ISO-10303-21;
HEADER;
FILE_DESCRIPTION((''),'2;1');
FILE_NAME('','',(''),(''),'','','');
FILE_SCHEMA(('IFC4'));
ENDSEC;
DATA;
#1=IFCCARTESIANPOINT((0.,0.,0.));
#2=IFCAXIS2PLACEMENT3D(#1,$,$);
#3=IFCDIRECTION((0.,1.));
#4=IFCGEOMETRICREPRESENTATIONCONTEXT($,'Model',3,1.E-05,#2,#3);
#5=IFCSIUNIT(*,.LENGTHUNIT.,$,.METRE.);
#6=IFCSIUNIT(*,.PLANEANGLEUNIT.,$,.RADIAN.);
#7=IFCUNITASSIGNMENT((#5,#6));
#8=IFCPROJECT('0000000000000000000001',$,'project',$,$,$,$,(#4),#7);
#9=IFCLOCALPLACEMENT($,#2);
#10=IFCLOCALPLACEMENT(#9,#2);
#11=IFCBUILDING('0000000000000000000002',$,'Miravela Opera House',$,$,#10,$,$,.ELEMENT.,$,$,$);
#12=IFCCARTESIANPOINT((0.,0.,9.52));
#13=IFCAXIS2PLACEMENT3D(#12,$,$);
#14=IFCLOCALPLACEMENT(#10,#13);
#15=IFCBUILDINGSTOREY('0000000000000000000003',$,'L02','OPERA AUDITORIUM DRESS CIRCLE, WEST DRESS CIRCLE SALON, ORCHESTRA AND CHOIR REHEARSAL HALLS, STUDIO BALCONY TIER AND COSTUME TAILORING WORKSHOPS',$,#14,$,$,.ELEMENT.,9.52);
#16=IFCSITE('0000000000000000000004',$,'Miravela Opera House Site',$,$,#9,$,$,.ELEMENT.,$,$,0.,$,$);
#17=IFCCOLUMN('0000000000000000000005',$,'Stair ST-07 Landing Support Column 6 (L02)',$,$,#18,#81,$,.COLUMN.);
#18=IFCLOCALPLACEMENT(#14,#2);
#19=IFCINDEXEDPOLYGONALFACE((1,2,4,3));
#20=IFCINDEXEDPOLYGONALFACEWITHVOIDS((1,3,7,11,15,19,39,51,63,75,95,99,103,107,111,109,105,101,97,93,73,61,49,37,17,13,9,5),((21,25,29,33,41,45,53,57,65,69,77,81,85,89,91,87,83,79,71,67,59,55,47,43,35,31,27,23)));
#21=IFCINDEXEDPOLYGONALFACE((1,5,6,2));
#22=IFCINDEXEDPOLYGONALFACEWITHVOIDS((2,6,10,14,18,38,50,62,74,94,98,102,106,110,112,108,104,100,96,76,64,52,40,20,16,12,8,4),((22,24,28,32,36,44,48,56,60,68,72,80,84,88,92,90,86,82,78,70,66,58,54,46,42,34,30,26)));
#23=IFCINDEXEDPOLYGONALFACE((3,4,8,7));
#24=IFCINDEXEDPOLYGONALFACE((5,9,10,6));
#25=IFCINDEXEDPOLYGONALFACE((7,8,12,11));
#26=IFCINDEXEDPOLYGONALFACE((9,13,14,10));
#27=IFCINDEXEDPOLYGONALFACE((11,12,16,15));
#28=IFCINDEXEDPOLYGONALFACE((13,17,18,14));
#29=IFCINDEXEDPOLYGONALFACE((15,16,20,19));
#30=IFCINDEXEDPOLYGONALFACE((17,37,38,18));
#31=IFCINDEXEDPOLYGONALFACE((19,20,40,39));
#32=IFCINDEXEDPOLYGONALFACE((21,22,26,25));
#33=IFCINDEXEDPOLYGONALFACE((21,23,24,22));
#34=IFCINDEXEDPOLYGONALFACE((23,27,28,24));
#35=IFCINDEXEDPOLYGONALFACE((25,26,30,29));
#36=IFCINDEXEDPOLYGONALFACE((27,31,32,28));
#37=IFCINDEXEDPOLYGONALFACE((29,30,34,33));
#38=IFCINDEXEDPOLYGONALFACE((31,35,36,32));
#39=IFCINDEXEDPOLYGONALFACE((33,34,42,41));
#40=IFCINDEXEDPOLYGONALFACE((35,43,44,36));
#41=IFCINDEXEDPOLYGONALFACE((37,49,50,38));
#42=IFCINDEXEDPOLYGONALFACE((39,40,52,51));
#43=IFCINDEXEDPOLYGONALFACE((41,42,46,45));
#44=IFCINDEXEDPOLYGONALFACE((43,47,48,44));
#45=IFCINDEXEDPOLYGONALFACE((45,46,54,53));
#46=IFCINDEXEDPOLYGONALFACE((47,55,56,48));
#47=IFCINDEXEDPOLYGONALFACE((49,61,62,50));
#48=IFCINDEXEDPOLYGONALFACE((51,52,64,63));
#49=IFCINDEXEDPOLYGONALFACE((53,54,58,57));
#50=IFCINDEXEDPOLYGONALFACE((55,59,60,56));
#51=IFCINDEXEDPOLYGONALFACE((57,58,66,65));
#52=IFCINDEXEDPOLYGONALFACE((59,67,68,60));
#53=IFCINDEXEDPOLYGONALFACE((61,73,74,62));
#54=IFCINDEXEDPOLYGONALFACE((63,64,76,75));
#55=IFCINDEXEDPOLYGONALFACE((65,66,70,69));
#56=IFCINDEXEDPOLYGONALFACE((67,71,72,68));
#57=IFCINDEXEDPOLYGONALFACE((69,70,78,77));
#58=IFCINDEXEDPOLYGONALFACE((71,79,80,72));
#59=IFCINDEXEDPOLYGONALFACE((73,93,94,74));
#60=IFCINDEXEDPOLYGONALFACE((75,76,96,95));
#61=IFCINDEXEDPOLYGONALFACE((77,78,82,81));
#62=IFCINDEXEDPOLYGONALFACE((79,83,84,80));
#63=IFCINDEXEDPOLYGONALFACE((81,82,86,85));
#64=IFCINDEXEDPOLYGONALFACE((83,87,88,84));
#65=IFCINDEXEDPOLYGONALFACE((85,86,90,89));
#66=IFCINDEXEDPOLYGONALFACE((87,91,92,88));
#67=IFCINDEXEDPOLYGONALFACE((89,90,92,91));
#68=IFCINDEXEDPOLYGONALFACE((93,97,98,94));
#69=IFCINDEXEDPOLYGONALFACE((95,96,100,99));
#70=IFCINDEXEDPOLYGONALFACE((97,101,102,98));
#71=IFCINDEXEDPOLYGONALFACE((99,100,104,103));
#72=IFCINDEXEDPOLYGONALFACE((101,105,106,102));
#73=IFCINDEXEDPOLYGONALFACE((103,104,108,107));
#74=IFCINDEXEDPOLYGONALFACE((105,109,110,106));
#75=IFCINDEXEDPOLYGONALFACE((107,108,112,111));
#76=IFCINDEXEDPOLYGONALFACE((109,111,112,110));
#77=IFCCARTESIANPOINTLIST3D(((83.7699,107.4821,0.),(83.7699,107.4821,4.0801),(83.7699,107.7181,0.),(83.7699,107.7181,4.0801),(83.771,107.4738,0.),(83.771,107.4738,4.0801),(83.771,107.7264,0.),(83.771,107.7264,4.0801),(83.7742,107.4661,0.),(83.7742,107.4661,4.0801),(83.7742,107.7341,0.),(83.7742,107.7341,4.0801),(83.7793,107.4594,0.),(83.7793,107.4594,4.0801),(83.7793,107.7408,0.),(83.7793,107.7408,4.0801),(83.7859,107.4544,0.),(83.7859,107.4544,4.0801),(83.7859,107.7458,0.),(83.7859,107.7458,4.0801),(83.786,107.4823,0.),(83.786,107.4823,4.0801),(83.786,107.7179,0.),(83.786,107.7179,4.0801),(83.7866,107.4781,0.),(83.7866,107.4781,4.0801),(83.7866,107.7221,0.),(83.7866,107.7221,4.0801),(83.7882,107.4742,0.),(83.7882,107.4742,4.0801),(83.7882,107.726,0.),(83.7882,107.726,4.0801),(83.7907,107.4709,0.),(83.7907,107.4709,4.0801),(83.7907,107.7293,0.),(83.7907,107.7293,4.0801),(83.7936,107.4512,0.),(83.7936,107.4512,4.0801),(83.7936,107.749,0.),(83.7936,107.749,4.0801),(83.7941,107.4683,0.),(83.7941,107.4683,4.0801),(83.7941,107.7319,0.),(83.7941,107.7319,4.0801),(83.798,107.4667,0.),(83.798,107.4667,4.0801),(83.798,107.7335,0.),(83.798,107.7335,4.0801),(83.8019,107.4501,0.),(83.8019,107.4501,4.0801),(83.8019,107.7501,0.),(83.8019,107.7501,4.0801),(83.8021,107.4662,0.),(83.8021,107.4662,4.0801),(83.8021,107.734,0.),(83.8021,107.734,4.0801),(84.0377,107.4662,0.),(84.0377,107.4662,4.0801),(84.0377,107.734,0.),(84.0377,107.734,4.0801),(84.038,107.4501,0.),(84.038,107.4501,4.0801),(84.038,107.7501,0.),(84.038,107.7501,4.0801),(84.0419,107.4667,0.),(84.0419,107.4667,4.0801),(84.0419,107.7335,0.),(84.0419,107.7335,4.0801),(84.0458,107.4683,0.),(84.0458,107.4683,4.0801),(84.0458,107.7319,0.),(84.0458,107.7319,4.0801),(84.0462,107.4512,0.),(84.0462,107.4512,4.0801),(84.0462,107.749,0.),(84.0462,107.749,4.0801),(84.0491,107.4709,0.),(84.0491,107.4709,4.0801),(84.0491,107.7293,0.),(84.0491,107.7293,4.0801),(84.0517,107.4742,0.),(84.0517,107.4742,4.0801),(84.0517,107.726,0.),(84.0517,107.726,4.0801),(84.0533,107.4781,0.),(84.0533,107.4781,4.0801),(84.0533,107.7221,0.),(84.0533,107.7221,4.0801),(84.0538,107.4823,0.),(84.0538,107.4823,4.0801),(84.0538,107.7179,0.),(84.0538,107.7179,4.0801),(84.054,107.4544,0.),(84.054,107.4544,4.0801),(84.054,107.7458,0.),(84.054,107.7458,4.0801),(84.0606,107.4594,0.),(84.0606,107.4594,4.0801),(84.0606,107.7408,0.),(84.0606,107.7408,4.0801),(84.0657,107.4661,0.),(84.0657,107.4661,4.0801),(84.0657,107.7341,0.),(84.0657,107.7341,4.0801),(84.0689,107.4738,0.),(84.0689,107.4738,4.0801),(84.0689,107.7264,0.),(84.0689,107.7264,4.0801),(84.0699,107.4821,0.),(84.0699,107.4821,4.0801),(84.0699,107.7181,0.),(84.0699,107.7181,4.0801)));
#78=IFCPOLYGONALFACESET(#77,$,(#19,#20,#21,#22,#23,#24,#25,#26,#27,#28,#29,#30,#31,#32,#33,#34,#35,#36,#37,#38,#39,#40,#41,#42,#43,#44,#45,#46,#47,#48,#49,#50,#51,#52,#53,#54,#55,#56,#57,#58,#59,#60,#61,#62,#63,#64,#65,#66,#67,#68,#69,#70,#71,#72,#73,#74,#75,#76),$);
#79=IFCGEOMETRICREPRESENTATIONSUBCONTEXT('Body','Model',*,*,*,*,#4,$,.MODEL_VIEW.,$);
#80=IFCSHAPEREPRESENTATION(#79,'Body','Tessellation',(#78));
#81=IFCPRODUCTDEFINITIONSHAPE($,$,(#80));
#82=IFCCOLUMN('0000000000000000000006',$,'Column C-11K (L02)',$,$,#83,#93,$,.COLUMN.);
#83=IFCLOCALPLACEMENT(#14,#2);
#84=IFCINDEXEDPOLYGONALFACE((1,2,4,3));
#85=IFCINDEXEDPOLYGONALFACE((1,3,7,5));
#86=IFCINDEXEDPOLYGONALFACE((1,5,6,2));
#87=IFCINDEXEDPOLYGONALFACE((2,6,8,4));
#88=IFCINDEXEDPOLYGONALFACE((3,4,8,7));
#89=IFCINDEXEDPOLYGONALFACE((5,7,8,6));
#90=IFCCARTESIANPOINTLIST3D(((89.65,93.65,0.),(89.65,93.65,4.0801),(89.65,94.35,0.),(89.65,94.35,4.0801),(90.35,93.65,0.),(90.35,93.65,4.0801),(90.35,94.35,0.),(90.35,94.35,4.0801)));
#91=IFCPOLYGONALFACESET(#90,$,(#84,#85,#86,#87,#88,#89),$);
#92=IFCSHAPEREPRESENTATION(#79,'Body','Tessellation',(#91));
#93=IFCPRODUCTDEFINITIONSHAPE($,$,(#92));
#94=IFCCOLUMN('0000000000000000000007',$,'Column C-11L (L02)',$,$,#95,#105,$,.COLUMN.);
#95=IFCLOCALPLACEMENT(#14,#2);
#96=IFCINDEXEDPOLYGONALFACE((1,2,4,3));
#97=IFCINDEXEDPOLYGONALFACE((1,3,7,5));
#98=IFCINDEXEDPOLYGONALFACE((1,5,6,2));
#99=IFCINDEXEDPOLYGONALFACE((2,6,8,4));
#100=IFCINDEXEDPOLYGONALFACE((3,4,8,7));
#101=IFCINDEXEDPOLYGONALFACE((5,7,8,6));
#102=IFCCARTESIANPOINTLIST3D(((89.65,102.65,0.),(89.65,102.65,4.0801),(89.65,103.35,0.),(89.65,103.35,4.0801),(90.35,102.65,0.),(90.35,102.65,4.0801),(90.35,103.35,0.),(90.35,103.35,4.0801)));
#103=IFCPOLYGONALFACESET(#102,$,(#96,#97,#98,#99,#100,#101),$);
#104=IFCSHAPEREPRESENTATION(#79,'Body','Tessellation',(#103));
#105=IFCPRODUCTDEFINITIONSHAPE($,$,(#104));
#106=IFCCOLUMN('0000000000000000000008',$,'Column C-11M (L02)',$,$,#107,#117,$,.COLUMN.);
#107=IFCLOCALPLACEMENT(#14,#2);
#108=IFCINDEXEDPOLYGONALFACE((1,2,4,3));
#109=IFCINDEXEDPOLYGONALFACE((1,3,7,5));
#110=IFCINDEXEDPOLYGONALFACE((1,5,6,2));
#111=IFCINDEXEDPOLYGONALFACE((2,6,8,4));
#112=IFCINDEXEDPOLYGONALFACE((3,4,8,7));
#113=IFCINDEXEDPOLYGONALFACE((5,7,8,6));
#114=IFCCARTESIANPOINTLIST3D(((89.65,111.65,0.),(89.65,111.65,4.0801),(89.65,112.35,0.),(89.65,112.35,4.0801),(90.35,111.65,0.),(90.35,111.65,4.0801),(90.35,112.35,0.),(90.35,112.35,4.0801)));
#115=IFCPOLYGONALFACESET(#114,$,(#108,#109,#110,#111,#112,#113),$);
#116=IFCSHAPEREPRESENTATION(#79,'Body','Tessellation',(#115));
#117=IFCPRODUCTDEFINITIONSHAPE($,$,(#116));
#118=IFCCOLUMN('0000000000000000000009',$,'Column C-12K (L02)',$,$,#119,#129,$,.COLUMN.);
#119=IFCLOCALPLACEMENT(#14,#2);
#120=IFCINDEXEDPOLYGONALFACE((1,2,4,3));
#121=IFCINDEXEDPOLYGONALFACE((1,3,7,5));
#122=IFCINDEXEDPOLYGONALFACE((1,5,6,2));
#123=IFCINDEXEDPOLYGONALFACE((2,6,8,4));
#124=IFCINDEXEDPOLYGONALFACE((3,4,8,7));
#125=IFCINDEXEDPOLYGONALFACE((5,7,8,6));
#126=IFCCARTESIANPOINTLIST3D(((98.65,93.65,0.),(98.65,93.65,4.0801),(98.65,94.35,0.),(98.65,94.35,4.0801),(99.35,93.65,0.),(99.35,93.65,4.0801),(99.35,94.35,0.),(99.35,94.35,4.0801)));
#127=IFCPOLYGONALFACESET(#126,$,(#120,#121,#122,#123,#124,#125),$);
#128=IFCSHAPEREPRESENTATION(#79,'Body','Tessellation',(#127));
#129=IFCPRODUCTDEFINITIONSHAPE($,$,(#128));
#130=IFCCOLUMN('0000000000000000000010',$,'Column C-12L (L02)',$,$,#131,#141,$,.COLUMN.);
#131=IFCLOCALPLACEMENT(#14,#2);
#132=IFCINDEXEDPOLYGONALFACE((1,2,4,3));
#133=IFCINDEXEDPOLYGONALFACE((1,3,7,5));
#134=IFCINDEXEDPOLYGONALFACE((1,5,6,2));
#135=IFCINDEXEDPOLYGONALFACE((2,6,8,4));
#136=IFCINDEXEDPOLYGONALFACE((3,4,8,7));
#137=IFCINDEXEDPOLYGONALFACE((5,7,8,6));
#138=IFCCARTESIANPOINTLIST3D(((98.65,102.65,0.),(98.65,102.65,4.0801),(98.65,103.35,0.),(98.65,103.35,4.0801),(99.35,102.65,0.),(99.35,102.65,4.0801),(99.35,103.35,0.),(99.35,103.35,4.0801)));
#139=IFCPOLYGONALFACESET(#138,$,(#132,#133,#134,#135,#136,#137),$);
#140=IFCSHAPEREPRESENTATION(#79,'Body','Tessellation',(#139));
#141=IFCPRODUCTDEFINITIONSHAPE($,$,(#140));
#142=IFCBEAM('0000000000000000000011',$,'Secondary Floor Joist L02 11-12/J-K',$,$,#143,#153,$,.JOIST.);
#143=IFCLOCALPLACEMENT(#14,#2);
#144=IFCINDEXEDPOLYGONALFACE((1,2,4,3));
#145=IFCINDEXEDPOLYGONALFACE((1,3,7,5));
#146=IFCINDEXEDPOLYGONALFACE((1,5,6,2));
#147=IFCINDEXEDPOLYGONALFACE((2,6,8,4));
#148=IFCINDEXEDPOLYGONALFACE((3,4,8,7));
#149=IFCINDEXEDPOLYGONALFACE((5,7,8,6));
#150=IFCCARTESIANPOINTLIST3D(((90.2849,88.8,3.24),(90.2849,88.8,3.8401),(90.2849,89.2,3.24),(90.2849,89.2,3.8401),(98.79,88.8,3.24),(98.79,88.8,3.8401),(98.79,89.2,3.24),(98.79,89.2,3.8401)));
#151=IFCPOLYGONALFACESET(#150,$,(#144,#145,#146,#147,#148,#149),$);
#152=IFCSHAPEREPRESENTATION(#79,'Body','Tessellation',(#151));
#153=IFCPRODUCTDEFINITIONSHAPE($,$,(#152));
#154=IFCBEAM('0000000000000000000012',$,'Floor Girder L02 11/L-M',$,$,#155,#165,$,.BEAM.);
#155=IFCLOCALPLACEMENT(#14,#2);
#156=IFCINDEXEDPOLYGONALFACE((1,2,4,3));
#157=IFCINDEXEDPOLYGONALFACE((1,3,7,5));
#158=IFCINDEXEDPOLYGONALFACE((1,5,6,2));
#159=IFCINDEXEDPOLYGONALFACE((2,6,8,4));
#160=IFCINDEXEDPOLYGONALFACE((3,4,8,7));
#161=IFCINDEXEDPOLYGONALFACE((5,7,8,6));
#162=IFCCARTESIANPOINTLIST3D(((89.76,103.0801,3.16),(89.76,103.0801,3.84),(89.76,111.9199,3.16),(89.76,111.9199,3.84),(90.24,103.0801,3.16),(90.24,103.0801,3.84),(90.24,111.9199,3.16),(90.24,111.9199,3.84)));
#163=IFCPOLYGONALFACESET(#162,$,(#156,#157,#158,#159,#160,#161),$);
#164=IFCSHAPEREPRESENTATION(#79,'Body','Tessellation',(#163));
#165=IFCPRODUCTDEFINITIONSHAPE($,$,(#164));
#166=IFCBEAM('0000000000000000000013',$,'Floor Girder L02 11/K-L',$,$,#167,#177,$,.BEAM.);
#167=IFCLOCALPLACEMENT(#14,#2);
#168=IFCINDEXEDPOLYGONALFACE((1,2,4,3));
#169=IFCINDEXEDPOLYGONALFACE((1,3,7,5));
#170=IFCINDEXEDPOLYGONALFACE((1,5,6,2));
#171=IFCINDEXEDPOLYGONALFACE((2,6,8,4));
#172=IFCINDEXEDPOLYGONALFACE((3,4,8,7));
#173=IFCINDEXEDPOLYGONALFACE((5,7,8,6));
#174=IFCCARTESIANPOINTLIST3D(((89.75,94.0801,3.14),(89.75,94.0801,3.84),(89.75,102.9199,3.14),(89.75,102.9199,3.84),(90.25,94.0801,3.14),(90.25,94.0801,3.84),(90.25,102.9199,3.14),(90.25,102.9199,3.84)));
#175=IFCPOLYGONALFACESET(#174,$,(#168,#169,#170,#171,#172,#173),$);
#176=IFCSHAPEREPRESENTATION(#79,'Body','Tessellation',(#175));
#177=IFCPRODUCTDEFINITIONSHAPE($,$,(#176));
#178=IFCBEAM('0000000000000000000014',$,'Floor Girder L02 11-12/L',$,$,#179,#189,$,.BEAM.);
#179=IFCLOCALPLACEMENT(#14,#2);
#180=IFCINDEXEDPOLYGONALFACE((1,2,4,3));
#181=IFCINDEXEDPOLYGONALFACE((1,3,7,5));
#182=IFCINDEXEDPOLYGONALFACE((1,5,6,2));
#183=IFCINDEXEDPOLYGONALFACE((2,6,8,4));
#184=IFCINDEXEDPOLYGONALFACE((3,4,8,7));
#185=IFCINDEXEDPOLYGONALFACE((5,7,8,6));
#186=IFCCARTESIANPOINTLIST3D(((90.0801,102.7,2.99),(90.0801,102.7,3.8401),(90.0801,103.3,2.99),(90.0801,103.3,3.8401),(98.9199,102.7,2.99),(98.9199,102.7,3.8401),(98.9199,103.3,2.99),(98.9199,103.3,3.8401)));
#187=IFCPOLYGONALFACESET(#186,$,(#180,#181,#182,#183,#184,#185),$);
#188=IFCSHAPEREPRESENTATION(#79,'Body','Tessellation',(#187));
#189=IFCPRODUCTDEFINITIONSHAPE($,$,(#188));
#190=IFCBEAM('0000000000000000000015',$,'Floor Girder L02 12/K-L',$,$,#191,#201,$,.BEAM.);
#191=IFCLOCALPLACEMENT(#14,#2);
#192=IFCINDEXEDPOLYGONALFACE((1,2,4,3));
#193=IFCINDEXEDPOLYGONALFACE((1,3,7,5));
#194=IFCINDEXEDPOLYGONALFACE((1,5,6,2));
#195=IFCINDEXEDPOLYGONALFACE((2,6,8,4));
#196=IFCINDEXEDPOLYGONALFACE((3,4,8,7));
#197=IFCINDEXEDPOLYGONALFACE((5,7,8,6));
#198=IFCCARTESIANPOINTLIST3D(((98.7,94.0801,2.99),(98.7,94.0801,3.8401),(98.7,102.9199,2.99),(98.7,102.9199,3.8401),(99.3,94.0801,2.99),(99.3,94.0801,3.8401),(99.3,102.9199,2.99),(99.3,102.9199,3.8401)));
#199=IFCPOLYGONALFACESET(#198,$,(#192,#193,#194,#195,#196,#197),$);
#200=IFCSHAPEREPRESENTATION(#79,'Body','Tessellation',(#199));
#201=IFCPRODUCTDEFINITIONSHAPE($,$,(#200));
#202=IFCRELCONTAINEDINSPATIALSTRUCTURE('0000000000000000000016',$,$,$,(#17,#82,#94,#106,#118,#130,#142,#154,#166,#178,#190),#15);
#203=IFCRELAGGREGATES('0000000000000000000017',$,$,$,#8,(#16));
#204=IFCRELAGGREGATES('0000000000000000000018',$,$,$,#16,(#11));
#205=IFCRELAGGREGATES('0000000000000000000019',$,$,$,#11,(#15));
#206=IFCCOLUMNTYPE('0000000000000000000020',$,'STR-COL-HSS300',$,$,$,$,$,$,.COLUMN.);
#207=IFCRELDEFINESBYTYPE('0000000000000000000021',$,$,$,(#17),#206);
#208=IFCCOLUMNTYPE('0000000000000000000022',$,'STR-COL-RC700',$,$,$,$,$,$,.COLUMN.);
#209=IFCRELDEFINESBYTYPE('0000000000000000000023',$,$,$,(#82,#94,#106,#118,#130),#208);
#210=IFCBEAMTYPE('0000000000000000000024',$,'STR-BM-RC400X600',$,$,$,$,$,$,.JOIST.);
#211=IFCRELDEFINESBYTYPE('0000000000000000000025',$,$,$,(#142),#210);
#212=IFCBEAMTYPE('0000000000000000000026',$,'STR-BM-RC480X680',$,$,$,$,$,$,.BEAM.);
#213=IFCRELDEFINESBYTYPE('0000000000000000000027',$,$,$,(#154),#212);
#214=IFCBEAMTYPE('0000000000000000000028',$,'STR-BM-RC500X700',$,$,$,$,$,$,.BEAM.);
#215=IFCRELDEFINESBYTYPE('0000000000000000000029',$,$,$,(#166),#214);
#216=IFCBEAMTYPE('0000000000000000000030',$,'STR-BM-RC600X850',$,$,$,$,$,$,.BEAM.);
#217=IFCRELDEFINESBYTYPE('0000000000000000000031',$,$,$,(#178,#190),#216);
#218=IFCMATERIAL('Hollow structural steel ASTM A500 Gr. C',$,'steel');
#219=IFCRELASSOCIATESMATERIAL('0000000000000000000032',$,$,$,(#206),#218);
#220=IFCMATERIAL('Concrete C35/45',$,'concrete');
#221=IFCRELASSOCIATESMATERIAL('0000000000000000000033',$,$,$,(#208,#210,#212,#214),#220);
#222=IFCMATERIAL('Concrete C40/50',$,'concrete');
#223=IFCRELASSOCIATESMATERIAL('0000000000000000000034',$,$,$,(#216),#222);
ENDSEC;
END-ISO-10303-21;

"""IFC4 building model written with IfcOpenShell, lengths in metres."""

from ifc_helpers import new_model, si_unit, direction, frame, origin, origin_2d, place, context, subcontext, project, spatial, rectangle, hollow_rectangle, extrude, material, material_profile, profile_set, type_object, element, save


model = new_model("IFC4")

# Units and contexts
model_context = context("Model", 3, precision=1e-05, world=origin(), true_north=direction((0.0, 1.0)))
body_context = subcontext(model_context, "Body", "Model", "MODEL_VIEW")
ifc_project = project(units=[si_unit("LENGTHUNIT", "METRE"), si_unit("PLANEANGLEUNIT", "RADIAN")], contexts=[model_context])

# Site, building, storey
site_placement = place(None, origin())
site = spatial("IfcSite", under=ifc_project, at=site_placement, Name="Miravela Opera House Site", CompositionType="ELEMENT", RefElevation=0.0)
building_placement = place(site_placement, origin())
building = spatial("IfcBuilding", under=site, at=building_placement, Name="Miravela Opera House", CompositionType="ELEMENT")
storey_placement = place(building_placement, frame((0.0, 0.0, 9.52)))
storey = spatial("IfcBuildingStorey", under=building, at=storey_placement, Name="L02", Description="OPERA AUDITORIUM DRESS CIRCLE, WEST DRESS CIRCLE SALON, ORCHESTRA AND CHOIR REHEARSAL HALLS, STUDIO BALCONY TIER AND COSTUME TAILORING WORKSHOPS", CompositionType="ELEMENT", Elevation=9.52)

# Columns
ifc_material_1 = material(Name="Hollow structural steel ASTM A500 Gr. C", Category="steel")
ifc_material_profile_1 = material_profile(ifc_material_1, hollow_rectangle(XDim=0.3, YDim=0.3, WallThickness=0.0161, InnerFilletRadius=0.0161, OuterFilletRadius=0.032, at=origin_2d()), Name="HSS300X300X16")
ifc_profile_set_1 = profile_set([ifc_material_profile_1])
column_type_1 = type_object("IfcColumnType", Name="STR-COL-HSS300", PredefinedType="COLUMN", material=ifc_profile_set_1)
column_placement = place(storey_placement, frame((83.9199, 107.6001, 0.0), z_axis=(0.0, 0.0, 1.0), x_axis=(1.0, 0.0, 0.0)))
element("IfcColumn", 1, at=column_placement, inside=storey, type_object=column_type_1, Name="Stair ST-07 Landing Support Column 6 (L02)", PredefinedType="COLUMN", context=body_context, shape_type="SweptSolid", body=[
    extrude(hollow_rectangle(XDim=0.3, YDim=0.3, WallThickness=0.0161, InnerFilletRadius=0.0161, OuterFilletRadius=0.032, at=origin_2d()), origin(), (0.0, 0.0, 1.0), 4.0801),
])
ifc_material_2 = material(Name="Concrete C35/45", Category="concrete")
ifc_material_profile_2 = material_profile(ifc_material_2, rectangle(XDim=0.7, YDim=0.7, at=origin_2d()), Name="RC-COL-700X700")
ifc_profile_set_2 = profile_set([ifc_material_profile_2])
column_type_2 = type_object("IfcColumnType", Name="STR-COL-RC700", PredefinedType="COLUMN", material=ifc_profile_set_2)
for number, where, z_axis, x_axis, name in (
    (2, (90.0, 94.0, 0.0), (0.0, 0.0, 1.0), (1.0, 0.0, 0.0), "Column C-11K (L02)"),
    (3, (90.0, 103.0, 0.0), (0.0, 0.0, 1.0), (1.0, 0.0, 0.0), "Column C-11L (L02)"),
    (4, (90.0, 112.0, 0.0), (0.0, 0.0, 1.0), (1.0, 0.0, 0.0), "Column C-11M (L02)"),
    (5, (99.0, 94.0, 0.0), (0.0, 0.0, 1.0), (1.0, 0.0, 0.0), "Column C-12K (L02)"),
    (6, (99.0, 103.0, 0.0), (0.0, 0.0, 1.0), (1.0, 0.0, 0.0), "Column C-12L (L02)"),
):
    element("IfcColumn", number, at=place(storey_placement, frame(where, z_axis=z_axis, x_axis=x_axis)), inside=storey, type_object=column_type_2, Name=name, PredefinedType="COLUMN", context=body_context, shape_type="SweptSolid", body=[
        extrude(rectangle(XDim=0.7, YDim=0.7, at=origin_2d()), origin(), (0.0, 0.0, 1.0), 4.0801),
    ])

# Beams
ifc_material_profile_3 = material_profile(ifc_material_2, rectangle(XDim=0.3999, YDim=0.6001, at=origin_2d()), Name="RC-BM-400X600")
ifc_profile_set_3 = profile_set([ifc_material_profile_3])
beam_type_1 = type_object("IfcBeamType", Name="STR-BM-RC400X600", PredefinedType="JOIST", material=ifc_profile_set_3)
beam_1_placement = place(storey_placement, frame((90.2849, 89.0, 3.54), z_axis=(1.0, 0.0, 0.0), x_axis=(0.0, 1.0, 0.0)))
element("IfcBeam", 7, at=beam_1_placement, inside=storey, type_object=beam_type_1, Name="Secondary Floor Joist L02 11-12/J-K", PredefinedType="JOIST", context=body_context, shape_type="SweptSolid", body=[
    extrude(rectangle(XDim=0.3999, YDim=0.6001, at=origin_2d()), origin(), (0.0, 0.0, 1.0), 8.5051),
])
ifc_material_profile_4 = material_profile(ifc_material_2, rectangle(XDim=0.48, YDim=0.6799, at=origin_2d()), Name="RC-BM-480X680")
ifc_profile_set_4 = profile_set([ifc_material_profile_4])
beam_type_2 = type_object("IfcBeamType", Name="STR-BM-RC480X680", PredefinedType="BEAM", material=ifc_profile_set_4)
beam_2_placement = place(storey_placement, frame((90.0, 103.0801, 3.5), z_axis=(0.0, 1.0, 0.0), x_axis=(-1.0, 0.0, 0.0)))
element("IfcBeam", 8, at=beam_2_placement, inside=storey, type_object=beam_type_2, Name="Floor Girder L02 11/L-M", PredefinedType="BEAM", context=body_context, shape_type="SweptSolid", body=[
    extrude(rectangle(XDim=0.48, YDim=0.6799, at=origin_2d()), origin(), (0.0, 0.0, 1.0), 8.8398),
])
ifc_material_profile_5 = material_profile(ifc_material_2, rectangle(XDim=0.5, YDim=0.7, at=origin_2d()), Name="RC-BM-500X700")
ifc_profile_set_5 = profile_set([ifc_material_profile_5])
beam_type_3 = type_object("IfcBeamType", Name="STR-BM-RC500X700", PredefinedType="BEAM", material=ifc_profile_set_5)
beam_3_placement = place(storey_placement, frame((90.0, 94.0801, 3.49), z_axis=(0.0, 1.0, 0.0), x_axis=(-1.0, 0.0, 0.0)))
element("IfcBeam", 9, at=beam_3_placement, inside=storey, type_object=beam_type_3, Name="Floor Girder L02 11/K-L", PredefinedType="BEAM", context=body_context, shape_type="SweptSolid", body=[
    extrude(rectangle(XDim=0.5, YDim=0.7, at=origin_2d()), origin(), (0.0, 0.0, 1.0), 8.8398),
])
ifc_material_3 = material(Name="Concrete C40/50", Category="concrete")
ifc_material_profile_6 = material_profile(ifc_material_3, rectangle(XDim=0.6001, YDim=0.8501, at=origin_2d()), Name="RC-BM-600X850")
ifc_profile_set_6 = profile_set([ifc_material_profile_6])
beam_type_4 = type_object("IfcBeamType", Name="STR-BM-RC600X850", PredefinedType="BEAM", material=ifc_profile_set_6)
for number, where, z_axis, x_axis, name in (
    (10, (90.0801, 103.0, 3.415), (1.0, 0.0, 0.0), (0.0, 1.0, 0.0), "Floor Girder L02 11-12/L"),
    (11, (99.0, 94.0801, 3.415), (0.0, 1.0, 0.0), (-1.0, 0.0, 0.0), "Floor Girder L02 12/K-L"),
):
    element("IfcBeam", number, at=place(storey_placement, frame(where, z_axis=z_axis, x_axis=x_axis)), inside=storey, type_object=beam_type_4, Name=name, PredefinedType="BEAM", context=body_context, shape_type="SweptSolid", body=[
        extrude(rectangle(XDim=0.6001, YDim=0.8501, at=origin_2d()), origin(), (0.0, 0.0, 1.0), 8.8398),
    ])

save(model, "model.ifc")
